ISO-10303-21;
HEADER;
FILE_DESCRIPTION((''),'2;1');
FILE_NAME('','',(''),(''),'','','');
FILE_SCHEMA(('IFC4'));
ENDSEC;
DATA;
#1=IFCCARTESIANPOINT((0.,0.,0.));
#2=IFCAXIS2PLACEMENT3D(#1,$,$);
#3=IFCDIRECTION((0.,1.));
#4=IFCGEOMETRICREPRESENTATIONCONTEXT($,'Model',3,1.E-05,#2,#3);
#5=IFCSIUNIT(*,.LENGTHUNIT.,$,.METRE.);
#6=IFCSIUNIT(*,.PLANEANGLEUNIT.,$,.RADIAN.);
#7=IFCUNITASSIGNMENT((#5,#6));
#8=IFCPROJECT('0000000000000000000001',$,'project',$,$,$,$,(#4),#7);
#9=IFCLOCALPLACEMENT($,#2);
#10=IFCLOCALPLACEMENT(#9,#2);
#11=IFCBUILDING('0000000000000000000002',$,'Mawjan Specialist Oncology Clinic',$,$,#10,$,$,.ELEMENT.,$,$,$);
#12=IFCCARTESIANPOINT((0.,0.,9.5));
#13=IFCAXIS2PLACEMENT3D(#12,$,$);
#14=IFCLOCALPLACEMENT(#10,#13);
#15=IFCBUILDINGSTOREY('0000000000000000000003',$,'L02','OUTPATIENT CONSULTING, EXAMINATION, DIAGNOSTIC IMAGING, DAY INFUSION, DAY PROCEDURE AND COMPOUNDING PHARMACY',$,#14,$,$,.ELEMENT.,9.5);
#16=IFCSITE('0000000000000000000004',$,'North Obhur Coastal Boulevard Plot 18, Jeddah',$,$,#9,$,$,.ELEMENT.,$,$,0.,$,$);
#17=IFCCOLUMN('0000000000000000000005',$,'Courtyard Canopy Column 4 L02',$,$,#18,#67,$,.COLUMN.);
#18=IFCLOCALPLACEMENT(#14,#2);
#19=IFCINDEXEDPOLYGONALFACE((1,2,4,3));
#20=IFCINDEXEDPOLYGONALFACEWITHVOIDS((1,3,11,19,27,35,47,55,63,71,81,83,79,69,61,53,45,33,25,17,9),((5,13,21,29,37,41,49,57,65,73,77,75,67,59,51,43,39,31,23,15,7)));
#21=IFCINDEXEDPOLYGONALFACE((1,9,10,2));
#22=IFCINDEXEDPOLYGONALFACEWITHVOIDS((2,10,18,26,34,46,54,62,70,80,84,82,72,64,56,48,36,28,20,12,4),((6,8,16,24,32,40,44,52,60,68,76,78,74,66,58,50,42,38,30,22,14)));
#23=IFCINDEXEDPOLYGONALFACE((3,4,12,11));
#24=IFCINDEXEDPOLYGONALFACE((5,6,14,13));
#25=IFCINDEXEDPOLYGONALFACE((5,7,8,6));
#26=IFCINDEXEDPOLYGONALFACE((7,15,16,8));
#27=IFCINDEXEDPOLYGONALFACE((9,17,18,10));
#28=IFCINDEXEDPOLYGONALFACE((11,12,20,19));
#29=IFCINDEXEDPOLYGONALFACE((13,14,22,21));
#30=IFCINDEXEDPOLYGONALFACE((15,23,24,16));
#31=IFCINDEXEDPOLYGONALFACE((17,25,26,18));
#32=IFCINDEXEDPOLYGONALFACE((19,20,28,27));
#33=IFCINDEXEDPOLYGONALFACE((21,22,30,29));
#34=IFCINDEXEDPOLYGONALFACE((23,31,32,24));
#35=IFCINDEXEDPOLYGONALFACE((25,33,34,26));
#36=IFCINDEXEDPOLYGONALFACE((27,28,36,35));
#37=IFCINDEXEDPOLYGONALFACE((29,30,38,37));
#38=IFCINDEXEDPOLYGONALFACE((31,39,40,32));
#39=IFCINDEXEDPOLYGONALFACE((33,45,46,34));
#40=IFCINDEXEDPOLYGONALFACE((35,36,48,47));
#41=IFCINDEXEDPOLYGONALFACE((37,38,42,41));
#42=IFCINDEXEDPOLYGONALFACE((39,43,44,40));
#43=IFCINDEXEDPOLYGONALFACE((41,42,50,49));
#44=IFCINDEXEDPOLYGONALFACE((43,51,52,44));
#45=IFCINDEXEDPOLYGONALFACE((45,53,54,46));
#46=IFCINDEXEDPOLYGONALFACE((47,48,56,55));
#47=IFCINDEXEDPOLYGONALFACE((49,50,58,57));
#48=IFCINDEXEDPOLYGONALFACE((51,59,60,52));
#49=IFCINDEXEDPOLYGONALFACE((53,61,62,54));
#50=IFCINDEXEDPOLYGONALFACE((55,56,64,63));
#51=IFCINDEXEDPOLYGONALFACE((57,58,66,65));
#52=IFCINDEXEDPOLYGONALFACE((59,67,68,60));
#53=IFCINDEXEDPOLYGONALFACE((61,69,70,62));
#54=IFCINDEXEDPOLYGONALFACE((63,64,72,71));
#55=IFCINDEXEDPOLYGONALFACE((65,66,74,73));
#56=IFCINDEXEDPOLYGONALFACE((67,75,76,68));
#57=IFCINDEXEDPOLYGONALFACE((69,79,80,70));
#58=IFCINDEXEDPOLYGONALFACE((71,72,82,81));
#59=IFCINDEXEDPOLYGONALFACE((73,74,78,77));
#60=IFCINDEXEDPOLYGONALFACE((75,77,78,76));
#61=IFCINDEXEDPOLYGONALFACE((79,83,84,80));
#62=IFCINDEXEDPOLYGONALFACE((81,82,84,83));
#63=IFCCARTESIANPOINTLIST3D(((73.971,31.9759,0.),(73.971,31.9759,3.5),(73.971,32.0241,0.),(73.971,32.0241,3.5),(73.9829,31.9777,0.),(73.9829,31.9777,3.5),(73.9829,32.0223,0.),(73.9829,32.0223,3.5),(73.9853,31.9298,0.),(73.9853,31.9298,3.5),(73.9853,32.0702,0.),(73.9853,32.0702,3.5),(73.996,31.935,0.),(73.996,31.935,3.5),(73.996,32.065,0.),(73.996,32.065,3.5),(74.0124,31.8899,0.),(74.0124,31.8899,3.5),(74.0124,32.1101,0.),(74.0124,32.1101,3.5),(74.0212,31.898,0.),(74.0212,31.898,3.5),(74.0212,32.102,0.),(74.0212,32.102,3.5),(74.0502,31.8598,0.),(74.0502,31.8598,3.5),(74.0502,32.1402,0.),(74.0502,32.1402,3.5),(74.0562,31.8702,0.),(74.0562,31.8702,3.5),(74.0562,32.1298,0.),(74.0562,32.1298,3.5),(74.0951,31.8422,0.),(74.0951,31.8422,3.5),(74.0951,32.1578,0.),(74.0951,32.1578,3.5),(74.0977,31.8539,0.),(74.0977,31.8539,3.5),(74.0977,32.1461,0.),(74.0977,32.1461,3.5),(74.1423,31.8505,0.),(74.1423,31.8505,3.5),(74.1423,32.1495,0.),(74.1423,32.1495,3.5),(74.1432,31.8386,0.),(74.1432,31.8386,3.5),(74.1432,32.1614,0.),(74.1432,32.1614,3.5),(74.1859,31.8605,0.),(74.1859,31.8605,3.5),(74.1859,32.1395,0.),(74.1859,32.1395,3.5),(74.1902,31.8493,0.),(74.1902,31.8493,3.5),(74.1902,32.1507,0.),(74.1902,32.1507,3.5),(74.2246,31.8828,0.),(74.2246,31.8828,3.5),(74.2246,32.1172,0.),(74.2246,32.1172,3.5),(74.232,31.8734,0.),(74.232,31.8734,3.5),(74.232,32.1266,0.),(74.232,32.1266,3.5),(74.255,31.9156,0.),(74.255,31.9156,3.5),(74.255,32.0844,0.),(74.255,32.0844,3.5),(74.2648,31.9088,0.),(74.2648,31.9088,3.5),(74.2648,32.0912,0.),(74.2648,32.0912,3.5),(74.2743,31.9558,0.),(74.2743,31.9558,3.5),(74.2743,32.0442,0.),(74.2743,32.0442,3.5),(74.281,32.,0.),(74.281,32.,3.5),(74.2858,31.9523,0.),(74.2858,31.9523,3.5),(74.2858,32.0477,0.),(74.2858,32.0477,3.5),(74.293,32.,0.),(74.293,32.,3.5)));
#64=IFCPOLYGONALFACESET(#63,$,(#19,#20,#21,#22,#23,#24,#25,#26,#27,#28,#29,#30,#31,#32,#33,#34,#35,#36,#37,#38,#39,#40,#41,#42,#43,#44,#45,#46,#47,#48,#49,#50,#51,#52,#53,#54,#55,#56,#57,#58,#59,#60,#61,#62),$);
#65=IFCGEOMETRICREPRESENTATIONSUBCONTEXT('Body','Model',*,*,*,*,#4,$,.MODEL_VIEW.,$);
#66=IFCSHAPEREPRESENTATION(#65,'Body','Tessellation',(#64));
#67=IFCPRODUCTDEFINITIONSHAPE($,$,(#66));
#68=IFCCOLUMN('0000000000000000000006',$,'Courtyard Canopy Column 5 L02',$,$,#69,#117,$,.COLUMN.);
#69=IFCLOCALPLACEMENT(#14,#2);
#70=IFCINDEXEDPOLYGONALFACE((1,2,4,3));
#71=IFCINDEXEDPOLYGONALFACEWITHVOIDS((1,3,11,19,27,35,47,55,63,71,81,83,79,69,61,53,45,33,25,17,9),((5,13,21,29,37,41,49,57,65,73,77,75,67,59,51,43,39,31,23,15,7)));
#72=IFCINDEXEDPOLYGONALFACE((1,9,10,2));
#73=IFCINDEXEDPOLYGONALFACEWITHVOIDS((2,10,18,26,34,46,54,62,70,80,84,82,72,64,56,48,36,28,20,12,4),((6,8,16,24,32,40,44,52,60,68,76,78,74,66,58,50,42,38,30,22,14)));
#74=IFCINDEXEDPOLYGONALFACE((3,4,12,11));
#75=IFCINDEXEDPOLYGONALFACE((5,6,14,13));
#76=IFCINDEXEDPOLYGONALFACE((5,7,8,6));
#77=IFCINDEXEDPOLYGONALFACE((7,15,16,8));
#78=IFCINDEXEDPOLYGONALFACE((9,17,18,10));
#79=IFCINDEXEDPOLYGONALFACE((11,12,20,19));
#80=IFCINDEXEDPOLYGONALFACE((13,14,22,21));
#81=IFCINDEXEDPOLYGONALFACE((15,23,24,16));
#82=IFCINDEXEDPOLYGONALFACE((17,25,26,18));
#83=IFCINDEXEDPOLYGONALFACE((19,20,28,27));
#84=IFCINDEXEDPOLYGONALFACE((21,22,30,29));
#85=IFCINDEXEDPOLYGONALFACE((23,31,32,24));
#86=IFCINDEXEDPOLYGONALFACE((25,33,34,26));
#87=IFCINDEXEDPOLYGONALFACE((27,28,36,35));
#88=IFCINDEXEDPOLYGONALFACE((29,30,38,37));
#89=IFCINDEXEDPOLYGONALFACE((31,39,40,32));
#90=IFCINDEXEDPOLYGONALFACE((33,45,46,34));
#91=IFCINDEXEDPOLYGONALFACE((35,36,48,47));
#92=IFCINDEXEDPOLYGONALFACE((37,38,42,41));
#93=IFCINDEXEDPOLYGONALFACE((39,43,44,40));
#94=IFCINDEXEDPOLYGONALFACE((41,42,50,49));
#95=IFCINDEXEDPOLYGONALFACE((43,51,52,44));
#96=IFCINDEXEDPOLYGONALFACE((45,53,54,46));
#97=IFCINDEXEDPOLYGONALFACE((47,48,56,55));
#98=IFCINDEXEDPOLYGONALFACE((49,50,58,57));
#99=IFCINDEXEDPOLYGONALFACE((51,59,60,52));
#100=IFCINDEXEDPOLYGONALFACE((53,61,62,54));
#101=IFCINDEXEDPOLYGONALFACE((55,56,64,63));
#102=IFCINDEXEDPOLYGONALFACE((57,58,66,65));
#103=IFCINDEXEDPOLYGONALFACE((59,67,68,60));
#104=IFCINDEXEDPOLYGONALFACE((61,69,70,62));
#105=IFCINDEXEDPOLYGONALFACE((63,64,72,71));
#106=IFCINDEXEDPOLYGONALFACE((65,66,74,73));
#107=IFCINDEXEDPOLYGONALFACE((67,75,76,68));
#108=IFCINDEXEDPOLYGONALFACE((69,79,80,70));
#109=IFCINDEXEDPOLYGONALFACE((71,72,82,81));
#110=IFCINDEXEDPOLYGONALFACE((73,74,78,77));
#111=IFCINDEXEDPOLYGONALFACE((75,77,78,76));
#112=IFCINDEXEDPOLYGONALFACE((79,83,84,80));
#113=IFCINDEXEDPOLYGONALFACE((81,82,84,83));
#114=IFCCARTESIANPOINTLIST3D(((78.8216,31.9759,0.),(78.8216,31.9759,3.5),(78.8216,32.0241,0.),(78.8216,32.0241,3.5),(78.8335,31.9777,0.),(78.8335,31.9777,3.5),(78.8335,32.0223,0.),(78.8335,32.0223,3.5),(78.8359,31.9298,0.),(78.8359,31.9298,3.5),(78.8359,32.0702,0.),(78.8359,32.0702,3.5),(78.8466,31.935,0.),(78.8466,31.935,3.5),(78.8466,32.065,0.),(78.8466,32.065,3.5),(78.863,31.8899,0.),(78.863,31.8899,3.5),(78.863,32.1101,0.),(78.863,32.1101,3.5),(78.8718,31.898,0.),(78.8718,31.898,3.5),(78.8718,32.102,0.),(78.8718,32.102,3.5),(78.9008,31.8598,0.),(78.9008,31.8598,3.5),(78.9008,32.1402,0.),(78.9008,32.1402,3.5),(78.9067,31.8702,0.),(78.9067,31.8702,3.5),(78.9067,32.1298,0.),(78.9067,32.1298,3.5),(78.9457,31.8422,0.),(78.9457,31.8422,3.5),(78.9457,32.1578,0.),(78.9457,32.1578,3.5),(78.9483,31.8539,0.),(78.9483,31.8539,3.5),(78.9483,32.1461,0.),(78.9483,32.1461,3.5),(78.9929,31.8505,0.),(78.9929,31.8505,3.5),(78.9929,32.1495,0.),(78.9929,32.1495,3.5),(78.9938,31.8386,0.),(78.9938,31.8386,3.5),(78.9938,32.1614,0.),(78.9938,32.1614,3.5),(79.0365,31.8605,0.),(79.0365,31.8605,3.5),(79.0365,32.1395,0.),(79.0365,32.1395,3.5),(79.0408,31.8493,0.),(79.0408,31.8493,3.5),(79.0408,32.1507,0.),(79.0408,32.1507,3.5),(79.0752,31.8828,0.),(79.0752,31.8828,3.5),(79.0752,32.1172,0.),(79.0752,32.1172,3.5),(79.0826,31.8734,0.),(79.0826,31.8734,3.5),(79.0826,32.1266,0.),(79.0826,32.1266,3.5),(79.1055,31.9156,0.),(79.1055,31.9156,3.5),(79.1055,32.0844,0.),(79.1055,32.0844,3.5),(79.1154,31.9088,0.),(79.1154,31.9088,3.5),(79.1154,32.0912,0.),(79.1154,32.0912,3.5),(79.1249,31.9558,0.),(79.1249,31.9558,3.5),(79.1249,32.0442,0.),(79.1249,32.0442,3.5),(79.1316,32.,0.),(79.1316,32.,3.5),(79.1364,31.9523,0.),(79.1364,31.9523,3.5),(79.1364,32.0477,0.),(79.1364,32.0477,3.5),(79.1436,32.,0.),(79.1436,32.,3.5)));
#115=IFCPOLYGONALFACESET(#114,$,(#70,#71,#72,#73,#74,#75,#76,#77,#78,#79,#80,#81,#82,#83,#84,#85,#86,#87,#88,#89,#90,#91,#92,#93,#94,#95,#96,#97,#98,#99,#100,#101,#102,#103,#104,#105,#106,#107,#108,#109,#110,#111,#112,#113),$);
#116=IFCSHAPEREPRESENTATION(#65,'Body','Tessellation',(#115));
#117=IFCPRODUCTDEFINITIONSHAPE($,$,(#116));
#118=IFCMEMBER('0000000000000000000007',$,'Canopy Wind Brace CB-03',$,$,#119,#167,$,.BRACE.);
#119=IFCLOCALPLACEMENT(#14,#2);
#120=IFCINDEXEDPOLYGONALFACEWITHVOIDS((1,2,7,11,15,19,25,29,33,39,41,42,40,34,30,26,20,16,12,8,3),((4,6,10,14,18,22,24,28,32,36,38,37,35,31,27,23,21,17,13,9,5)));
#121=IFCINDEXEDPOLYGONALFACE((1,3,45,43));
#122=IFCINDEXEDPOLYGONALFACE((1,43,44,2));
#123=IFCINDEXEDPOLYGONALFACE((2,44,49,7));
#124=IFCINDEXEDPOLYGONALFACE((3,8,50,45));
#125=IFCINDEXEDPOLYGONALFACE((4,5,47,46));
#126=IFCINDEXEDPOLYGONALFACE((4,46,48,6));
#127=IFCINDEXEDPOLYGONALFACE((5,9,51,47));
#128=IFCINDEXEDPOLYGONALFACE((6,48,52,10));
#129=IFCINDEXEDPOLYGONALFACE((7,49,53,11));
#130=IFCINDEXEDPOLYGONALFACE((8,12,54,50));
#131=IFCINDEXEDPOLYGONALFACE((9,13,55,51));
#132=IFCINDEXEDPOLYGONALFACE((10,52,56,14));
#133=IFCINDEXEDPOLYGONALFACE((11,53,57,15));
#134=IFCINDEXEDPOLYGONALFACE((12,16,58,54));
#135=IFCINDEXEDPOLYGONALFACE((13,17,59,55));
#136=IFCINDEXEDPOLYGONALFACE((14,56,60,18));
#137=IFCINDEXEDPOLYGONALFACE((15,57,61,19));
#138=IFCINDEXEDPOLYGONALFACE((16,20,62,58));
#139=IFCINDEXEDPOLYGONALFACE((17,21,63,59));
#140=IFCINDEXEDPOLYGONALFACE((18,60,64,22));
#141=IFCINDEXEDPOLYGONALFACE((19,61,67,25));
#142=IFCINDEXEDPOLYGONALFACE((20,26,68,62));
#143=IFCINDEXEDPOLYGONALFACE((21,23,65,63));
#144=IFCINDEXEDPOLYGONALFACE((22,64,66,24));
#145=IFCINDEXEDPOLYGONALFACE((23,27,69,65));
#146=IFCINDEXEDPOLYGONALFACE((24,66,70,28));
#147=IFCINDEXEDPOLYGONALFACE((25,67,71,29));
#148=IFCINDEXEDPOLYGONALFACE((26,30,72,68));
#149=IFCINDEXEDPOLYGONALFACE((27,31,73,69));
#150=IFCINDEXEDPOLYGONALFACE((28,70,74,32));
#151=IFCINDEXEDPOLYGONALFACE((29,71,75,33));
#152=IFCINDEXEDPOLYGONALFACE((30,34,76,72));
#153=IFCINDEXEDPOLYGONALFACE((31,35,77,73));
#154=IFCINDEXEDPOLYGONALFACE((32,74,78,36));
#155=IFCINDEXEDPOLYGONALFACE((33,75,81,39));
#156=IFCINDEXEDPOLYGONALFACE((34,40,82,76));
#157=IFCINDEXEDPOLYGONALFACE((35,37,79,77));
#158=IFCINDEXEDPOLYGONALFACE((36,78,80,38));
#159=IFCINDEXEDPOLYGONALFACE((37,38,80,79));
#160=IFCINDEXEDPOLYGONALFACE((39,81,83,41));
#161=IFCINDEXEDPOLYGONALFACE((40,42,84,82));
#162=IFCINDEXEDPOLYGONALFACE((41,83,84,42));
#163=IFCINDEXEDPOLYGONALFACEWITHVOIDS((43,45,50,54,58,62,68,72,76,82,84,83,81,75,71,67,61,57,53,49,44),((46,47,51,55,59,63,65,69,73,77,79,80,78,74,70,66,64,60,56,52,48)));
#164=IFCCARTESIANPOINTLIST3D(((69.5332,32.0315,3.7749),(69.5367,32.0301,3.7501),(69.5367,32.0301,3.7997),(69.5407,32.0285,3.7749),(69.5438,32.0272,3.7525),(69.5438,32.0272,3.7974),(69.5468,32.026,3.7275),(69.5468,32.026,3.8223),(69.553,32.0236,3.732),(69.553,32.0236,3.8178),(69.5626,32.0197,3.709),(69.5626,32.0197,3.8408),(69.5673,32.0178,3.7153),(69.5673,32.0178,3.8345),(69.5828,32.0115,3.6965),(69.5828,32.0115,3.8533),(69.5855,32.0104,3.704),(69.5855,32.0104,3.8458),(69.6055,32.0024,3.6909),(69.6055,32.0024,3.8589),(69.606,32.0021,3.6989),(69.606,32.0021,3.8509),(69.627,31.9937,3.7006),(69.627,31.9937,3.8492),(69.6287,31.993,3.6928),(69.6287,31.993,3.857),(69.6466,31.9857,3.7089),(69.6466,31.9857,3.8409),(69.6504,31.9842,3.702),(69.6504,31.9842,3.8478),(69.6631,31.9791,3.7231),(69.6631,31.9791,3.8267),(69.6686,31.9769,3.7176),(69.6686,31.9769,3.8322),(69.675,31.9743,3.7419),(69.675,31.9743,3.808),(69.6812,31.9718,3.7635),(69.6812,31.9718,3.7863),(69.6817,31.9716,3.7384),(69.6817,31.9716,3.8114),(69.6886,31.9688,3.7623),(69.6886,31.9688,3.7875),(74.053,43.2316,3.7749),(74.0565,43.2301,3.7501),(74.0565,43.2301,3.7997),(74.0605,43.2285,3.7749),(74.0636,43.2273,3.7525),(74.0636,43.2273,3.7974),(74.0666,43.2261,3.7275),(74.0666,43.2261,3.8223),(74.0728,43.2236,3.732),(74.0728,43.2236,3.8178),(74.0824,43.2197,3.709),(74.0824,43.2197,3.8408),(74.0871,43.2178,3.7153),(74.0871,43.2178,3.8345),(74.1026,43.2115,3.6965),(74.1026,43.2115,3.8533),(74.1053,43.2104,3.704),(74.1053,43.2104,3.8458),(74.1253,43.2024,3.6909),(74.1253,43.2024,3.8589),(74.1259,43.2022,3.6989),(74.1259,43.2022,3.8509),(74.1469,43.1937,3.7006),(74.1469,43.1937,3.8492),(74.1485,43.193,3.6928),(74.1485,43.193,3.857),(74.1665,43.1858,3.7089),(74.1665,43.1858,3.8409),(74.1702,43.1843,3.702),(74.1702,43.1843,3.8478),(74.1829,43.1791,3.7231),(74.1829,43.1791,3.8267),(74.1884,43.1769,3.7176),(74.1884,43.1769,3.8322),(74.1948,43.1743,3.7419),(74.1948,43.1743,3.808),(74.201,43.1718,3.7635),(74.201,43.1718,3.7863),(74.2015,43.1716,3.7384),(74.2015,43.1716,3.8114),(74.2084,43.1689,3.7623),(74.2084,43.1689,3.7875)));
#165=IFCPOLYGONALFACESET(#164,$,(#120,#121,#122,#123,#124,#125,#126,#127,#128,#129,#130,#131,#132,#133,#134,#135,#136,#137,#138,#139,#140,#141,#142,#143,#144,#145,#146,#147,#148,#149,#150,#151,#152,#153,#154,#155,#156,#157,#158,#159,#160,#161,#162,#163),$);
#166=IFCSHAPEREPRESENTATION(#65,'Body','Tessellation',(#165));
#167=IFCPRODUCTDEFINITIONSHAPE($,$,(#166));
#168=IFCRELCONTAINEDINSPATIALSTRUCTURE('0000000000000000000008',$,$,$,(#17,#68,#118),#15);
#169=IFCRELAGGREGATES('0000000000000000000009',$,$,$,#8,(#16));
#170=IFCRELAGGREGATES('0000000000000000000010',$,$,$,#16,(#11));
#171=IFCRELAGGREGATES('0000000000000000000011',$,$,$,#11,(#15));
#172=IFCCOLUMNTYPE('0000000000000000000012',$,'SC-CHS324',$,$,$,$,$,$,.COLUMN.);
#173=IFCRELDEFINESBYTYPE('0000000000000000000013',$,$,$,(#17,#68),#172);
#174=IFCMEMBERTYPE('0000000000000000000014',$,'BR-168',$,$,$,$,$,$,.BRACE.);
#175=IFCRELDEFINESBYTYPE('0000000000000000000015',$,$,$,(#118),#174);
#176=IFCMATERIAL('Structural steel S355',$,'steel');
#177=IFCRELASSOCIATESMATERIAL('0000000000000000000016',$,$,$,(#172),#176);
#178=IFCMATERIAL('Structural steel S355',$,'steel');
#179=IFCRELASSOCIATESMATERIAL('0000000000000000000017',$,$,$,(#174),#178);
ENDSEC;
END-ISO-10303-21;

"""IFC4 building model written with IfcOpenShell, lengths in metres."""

from ifc_helpers import new_model, si_unit, direction, frame, origin, origin_2d, place, context, subcontext, project, spatial, hollow_circle, extrude, material, material_profile, profile_set, type_object, element, save


model = new_model("IFC4")

# Units and contexts
model_context = context("Model", 3, precision=1e-05, world=origin(), true_north=direction((0.0, 1.0)))
body_context = subcontext(model_context, "Body", "Model", "MODEL_VIEW")
ifc_project = project(units=[si_unit("LENGTHUNIT", "METRE"), si_unit("PLANEANGLEUNIT", "RADIAN")], contexts=[model_context])

# Site, building, storey
site_placement = place(None, origin())
site = spatial("IfcSite", under=ifc_project, at=site_placement, Name="North Obhur Coastal Boulevard Plot 18, Jeddah", CompositionType="ELEMENT", RefElevation=0.0)
building_placement = place(site_placement, origin())
building = spatial("IfcBuilding", under=site, at=building_placement, Name="Mawjan Specialist Oncology Clinic", CompositionType="ELEMENT")
storey_placement = place(building_placement, frame((0.0, 0.0, 9.5)))
storey = spatial("IfcBuildingStorey", under=building, at=storey_placement, Name="L02", Description="OUTPATIENT CONSULTING, EXAMINATION, DIAGNOSTIC IMAGING, DAY INFUSION, DAY PROCEDURE AND COMPOUNDING PHARMACY", CompositionType="ELEMENT", Elevation=9.5)

# Columns
ifc_material_1 = material(Name="Structural steel S355", Category="steel")
ifc_material_profile_1 = material_profile(ifc_material_1, hollow_circle(Radius=0.1619, WallThickness=0.012, at=origin_2d()), Name="CHS 323.9x12", Category="steel")
ifc_profile_set_1 = profile_set([ifc_material_profile_1], Name="Structural steel S355")
column_type = type_object("IfcColumnType", Name="SC-CHS324", PredefinedType="COLUMN", material=ifc_profile_set_1)
for number, where, z_axis, x_axis, name in (
    (1, (74.1311, 32.0, 0.0), (0.0, 0.0, 1.0), (1.0, 0.0, 0.0), "Courtyard Canopy Column 4 L02"),
    (2, (78.9817, 32.0, 0.0), (0.0, 0.0, 1.0), (1.0, 0.0, 0.0), "Courtyard Canopy Column 5 L02"),
):
    element("IfcColumn", number, at=place(storey_placement, frame(where, z_axis=z_axis, x_axis=x_axis)), inside=storey, type_object=column_type, Name=name, PredefinedType="COLUMN", context=body_context, shape_type="SweptSolid", body=[
        extrude(hollow_circle(Radius=0.1619, WallThickness=0.012, at=origin_2d()), origin(), (0.0, 0.0, 1.0), 3.5),
    ])

# Member
ifc_material_2 = material(Name="Structural steel S355", Category="steel")
ifc_material_profile_2 = material_profile(ifc_material_2, hollow_circle(Radius=0.0842, WallThickness=0.0081, at=origin_2d()), Name="CHS 168.3x8", Category="steel")
ifc_profile_set_2 = profile_set([ifc_material_profile_2], Name="Structural steel S355")
member_type_1 = type_object("IfcMemberType", Name="BR-168", PredefinedType="BRACE", material=ifc_profile_set_2)
member_1_placement = place(storey_placement, frame((69.6113, 32.0, 3.7749), z_axis=(0.374229, 0.927336, 0.0), x_axis=(-0.927336, 0.374229, 0.0)))
element("IfcMember", 3, at=member_1_placement, inside=storey, type_object=member_type_1, Name="Canopy Wind Brace CB-03", PredefinedType="BRACE", context=body_context, shape_type="SweptSolid", body=[
    extrude(hollow_circle(Radius=0.0842, WallThickness=0.0081, at=origin_2d()), origin(), (0.0, 0.0, 1.0), 12.0776),
])

save(model, "model.ifc")
